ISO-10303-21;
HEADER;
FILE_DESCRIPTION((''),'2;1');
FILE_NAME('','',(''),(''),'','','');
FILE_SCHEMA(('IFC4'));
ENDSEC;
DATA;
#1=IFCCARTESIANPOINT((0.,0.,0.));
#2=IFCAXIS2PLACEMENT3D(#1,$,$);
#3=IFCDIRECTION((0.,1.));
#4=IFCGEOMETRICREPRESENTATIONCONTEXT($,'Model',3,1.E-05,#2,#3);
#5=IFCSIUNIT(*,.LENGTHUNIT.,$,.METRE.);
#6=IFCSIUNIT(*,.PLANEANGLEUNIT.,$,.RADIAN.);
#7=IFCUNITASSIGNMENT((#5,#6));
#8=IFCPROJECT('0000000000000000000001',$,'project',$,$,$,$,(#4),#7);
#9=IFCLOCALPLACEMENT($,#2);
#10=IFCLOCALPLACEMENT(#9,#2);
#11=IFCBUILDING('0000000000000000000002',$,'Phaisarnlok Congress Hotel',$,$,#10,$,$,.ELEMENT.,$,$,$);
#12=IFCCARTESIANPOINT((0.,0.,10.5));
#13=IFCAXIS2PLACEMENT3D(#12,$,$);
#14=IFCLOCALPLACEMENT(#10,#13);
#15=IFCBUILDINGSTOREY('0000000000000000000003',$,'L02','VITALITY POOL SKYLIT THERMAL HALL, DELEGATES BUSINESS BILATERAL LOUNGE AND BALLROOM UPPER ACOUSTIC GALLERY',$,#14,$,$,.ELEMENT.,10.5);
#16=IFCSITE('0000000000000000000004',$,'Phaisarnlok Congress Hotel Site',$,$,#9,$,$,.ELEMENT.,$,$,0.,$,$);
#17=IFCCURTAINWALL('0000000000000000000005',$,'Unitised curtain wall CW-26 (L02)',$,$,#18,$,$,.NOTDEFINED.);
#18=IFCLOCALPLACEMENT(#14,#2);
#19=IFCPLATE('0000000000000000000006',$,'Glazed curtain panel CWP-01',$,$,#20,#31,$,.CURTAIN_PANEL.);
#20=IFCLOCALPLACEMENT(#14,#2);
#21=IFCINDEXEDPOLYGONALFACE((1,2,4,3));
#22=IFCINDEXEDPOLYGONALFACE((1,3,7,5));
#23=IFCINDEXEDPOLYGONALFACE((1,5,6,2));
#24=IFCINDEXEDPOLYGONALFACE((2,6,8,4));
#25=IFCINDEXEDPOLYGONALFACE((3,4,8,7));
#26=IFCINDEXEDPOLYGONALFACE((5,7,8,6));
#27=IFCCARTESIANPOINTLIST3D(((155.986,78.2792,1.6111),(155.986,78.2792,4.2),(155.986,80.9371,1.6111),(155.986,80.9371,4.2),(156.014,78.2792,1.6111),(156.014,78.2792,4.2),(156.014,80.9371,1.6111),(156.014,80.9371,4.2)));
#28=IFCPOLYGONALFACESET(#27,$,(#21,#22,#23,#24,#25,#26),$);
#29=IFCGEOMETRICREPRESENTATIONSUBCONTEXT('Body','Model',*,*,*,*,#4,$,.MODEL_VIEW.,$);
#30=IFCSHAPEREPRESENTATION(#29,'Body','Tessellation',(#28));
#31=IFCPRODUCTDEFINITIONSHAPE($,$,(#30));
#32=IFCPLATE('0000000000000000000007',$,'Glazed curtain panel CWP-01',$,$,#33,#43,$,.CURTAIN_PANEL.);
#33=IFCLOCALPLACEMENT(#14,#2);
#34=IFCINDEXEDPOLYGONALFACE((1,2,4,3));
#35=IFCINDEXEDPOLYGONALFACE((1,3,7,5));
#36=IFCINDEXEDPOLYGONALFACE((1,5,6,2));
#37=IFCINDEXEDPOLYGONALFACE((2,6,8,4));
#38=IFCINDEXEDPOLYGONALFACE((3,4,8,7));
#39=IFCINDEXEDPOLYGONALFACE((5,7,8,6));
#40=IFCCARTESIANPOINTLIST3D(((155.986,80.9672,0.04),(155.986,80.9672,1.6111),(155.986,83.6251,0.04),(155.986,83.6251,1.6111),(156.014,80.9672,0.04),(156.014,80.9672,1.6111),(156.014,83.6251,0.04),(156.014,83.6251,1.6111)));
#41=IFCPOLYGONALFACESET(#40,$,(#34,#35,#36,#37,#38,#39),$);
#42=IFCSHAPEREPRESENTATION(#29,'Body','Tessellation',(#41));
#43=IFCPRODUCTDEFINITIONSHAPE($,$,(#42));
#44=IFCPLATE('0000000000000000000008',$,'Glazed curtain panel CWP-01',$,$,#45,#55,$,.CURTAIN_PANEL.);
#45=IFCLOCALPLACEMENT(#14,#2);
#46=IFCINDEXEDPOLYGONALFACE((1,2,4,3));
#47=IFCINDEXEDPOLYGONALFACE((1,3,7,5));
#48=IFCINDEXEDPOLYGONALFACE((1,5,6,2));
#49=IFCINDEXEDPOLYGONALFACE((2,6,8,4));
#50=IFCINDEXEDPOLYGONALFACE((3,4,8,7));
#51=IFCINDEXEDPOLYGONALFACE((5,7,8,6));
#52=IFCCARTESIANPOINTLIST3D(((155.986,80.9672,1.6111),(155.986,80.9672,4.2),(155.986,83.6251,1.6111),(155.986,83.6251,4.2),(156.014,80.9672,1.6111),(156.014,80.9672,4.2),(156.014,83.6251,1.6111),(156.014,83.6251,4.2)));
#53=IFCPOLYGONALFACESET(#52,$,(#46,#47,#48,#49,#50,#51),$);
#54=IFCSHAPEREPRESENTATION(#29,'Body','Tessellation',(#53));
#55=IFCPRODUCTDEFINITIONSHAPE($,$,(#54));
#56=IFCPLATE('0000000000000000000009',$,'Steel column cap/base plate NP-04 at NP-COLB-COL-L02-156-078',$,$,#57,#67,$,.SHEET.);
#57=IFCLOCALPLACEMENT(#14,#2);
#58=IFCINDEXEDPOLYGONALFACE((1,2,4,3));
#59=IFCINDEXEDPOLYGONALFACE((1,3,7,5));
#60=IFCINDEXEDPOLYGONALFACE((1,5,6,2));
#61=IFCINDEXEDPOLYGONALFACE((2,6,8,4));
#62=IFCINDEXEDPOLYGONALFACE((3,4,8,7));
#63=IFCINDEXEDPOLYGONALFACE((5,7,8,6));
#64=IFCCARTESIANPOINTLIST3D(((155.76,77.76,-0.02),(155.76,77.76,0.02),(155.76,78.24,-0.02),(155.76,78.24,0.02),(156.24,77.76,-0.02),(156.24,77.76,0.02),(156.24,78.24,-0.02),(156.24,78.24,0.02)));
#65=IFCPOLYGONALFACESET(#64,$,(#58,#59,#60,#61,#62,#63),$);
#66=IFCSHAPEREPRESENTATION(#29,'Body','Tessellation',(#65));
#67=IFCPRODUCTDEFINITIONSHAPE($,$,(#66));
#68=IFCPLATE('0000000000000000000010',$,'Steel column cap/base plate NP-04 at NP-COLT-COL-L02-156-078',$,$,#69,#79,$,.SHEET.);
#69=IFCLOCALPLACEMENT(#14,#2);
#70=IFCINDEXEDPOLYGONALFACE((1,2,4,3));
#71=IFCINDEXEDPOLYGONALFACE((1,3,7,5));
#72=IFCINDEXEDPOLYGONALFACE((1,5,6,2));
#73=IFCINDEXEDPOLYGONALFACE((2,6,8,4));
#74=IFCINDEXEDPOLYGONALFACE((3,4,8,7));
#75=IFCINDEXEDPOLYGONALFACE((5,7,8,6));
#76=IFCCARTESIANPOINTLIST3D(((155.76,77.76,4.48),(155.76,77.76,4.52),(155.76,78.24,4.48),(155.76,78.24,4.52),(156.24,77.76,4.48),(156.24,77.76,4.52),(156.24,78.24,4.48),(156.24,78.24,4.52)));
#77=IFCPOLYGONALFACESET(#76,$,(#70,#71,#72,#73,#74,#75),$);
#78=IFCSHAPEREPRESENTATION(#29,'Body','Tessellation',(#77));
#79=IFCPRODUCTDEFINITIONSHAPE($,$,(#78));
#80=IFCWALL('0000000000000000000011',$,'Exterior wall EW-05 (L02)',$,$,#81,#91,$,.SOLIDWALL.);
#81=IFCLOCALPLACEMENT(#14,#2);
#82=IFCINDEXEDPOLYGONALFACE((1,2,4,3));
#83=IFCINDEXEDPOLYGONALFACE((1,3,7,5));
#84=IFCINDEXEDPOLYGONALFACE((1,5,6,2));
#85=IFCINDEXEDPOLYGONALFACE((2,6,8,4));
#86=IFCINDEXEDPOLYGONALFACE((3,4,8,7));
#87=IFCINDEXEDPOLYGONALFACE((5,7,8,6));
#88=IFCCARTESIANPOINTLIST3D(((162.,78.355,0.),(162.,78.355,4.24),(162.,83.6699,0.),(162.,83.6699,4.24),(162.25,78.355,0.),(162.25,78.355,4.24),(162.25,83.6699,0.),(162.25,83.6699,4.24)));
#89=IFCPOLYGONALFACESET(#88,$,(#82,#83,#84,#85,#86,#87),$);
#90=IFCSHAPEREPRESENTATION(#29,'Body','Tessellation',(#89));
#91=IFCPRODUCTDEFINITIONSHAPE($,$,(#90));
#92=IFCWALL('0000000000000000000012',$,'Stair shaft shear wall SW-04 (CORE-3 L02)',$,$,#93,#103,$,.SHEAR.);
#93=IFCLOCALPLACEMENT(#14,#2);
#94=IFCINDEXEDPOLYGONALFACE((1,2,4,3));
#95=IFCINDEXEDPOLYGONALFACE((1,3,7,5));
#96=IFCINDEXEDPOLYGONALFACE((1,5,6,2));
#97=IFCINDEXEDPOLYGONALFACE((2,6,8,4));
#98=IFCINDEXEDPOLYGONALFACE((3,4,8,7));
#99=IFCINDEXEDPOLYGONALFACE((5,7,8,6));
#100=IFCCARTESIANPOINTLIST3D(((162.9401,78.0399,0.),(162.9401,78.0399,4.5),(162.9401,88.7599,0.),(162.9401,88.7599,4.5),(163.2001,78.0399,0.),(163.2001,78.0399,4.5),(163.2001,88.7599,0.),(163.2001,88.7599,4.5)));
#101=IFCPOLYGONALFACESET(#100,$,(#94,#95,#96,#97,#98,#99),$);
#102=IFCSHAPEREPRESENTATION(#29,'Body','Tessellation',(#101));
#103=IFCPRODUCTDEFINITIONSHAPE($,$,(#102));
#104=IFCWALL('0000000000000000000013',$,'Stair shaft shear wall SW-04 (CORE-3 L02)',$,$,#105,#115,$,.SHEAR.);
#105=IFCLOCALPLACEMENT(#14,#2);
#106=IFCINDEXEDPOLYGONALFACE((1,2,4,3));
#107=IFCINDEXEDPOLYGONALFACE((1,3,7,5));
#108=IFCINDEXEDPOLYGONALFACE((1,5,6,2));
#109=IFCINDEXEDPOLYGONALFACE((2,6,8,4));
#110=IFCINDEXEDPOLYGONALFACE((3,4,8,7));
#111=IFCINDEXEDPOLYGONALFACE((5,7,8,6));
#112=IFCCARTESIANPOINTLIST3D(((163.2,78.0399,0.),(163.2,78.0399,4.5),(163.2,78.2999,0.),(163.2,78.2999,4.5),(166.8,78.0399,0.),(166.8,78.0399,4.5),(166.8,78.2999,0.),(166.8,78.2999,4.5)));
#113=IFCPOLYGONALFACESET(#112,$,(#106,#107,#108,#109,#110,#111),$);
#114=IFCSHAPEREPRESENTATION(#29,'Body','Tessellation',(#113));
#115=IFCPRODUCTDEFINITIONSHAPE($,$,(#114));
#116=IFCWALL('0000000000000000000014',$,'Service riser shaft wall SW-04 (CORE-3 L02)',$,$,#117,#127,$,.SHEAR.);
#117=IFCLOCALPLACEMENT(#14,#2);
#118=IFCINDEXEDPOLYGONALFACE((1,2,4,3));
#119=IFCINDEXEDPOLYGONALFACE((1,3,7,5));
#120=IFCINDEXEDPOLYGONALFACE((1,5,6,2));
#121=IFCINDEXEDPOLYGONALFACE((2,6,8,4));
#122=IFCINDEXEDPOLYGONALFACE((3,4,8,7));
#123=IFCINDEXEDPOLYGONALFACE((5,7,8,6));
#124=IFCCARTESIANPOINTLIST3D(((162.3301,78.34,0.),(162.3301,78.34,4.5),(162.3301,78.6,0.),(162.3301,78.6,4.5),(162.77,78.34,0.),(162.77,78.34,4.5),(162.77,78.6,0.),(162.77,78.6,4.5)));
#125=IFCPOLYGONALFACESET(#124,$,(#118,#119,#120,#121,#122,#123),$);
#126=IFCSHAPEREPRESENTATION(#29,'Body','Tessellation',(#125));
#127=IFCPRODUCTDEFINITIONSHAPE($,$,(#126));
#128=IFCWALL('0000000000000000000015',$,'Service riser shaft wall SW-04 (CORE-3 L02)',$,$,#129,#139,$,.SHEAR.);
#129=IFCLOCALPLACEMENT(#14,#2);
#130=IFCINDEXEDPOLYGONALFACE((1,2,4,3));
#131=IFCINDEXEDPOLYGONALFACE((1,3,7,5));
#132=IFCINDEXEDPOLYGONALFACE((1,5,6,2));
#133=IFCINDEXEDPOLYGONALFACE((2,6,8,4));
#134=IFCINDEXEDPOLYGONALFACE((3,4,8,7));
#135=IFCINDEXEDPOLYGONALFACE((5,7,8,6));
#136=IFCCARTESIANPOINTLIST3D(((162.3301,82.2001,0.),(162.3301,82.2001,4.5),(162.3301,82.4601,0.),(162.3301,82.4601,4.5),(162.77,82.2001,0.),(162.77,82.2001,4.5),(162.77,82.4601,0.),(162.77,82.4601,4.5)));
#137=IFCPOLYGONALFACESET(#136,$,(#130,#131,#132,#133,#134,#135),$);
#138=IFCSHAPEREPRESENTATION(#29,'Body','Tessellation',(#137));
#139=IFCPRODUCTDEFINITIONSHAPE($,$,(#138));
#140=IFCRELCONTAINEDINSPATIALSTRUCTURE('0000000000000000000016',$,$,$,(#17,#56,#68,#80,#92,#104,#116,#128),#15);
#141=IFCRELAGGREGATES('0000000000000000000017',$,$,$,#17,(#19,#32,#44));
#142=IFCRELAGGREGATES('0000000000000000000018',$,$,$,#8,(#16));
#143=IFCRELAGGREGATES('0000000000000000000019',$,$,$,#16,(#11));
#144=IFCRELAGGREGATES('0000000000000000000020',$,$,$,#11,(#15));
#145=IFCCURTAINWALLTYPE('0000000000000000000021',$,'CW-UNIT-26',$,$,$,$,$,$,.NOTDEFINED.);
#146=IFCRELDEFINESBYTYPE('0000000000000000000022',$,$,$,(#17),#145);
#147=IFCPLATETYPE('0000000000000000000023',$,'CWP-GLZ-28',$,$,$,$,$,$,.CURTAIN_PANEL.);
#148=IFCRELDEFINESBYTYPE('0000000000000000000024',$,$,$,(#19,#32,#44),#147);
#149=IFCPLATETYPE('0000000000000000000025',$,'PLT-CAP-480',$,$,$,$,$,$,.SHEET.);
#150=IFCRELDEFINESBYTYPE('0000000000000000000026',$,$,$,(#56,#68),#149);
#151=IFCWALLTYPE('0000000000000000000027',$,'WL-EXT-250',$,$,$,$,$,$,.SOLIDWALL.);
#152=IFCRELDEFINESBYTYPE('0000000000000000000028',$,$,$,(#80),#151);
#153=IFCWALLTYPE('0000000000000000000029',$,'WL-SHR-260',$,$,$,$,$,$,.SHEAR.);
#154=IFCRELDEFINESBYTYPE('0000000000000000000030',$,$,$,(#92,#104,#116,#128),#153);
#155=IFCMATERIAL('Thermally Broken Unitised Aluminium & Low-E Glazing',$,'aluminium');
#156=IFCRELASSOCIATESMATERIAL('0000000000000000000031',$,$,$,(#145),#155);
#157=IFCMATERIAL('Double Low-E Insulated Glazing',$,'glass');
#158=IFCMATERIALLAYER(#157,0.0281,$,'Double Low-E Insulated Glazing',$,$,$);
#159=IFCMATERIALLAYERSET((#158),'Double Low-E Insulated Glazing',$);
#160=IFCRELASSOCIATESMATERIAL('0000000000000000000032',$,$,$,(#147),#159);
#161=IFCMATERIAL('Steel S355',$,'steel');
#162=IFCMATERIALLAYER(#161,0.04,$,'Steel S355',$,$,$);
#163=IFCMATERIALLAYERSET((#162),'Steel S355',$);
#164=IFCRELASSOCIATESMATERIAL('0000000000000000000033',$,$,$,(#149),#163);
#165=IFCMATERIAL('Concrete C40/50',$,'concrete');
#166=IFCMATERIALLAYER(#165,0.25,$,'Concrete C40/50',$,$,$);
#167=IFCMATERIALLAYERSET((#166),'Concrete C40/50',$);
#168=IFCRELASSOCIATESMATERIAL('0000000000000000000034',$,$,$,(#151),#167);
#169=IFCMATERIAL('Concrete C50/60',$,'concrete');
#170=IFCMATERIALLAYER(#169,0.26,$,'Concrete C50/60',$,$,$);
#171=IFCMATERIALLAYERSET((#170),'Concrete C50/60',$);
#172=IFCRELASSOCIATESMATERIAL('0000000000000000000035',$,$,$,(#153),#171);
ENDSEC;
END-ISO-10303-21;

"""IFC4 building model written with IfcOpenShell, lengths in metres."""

from ifc_helpers import new_model, si_unit, direction, frame, frame_2d, origin, origin_2d, place, context, subcontext, project, spatial, rectangle, extrude, material, layer, layer_set, type_object, element, aggregate, save


model = new_model("IFC4")

# Units and contexts
model_context = context("Model", 3, precision=1e-05, world=origin(), true_north=direction((0.0, 1.0)))
body_context = subcontext(model_context, "Body", "Model", "MODEL_VIEW")
ifc_project = project(units=[si_unit("LENGTHUNIT", "METRE"), si_unit("PLANEANGLEUNIT", "RADIAN")], contexts=[model_context])

# Site, building, storey
site_placement = place(None, origin())
site = spatial("IfcSite", under=ifc_project, at=site_placement, Name="Phaisarnlok Congress Hotel Site", CompositionType="ELEMENT", RefElevation=0.0)
building_placement = place(site_placement, origin())
building = spatial("IfcBuilding", under=site, at=building_placement, Name="Phaisarnlok Congress Hotel", CompositionType="ELEMENT")
storey_placement = place(building_placement, frame((0.0, 0.0, 10.5)))
storey = spatial("IfcBuildingStorey", under=building, at=storey_placement, Name="L02", Description="VITALITY POOL SKYLIT THERMAL HALL, DELEGATES BUSINESS BILATERAL LOUNGE AND BALLROOM UPPER ACOUSTIC GALLERY", CompositionType="ELEMENT", Elevation=10.5)

# Shared definitions
ifc_material_1 = material(Name="Concrete C50/60", Category="concrete")

# Curtain wall, plates
ifc_material_2 = material(Name="Thermally Broken Unitised Aluminium & Low-E Glazing", Category="aluminium")
curtain_wall_type = type_object("IfcCurtainWallType", Name="CW-UNIT-26", PredefinedType="NOTDEFINED", material=ifc_material_2)
curtain_wall_placement = place(storey_placement, origin())
curtain_wall = element("IfcCurtainWall", 1, at=curtain_wall_placement, inside=storey, type_object=curtain_wall_type, Name="Unitised curtain wall CW-26 (L02)", PredefinedType="NOTDEFINED")
ifc_material_3 = material(Name="Double Low-E Insulated Glazing", Category="glass")
ifc_layer_1 = layer(ifc_material_3, 0.0281, Name="Double Low-E Insulated Glazing")
ifc_layer_set_1 = layer_set([ifc_layer_1], Name="Double Low-E Insulated Glazing")
plate_type_1 = type_object("IfcPlateType", Name="CWP-GLZ-28", PredefinedType="CURTAIN_PANEL", material=ifc_layer_set_1)
plate_1_placement = place(storey_placement, frame((156.0, 78.2791, 1.6111), z_axis=(0.0, 0.0, 1.0), x_axis=(0.0, 1.0, 0.0)))
plate_1 = element("IfcPlate", 2, at=plate_1_placement, type_object=plate_type_1, Name="Glazed curtain panel CWP-01", PredefinedType="CURTAIN_PANEL", context=body_context, shape_type="SweptSolid", body=[
    extrude(rectangle(XDim=2.658, YDim=0.0281, at=frame_2d((1.3291, 0.0))), origin(), (0.0, 0.0, 1.0), 2.5889),
])
plate_2_placement = place(storey_placement, frame((156.0, 80.967, 0.04), z_axis=(0.0, 0.0, 1.0), x_axis=(0.0, 1.0, 0.0)))
plate_2 = element("IfcPlate", 3, at=plate_2_placement, type_object=plate_type_1, Name="Glazed curtain panel CWP-01", PredefinedType="CURTAIN_PANEL", context=body_context, shape_type="SweptSolid", body=[
    extrude(rectangle(XDim=2.658, YDim=0.0281, at=frame_2d((1.3291, 0.0))), origin(), (0.0, 0.0, 1.0), 1.571),
])
plate_3_placement = place(storey_placement, frame((156.0, 80.967, 1.6111), z_axis=(0.0, 0.0, 1.0), x_axis=(0.0, 1.0, 0.0)))
plate_3 = element("IfcPlate", 4, at=plate_3_placement, type_object=plate_type_1, Name="Glazed curtain panel CWP-01", PredefinedType="CURTAIN_PANEL", context=body_context, shape_type="SweptSolid", body=[
    extrude(rectangle(XDim=2.658, YDim=0.0281, at=frame_2d((1.3291, 0.0))), origin(), (0.0, 0.0, 1.0), 2.5889),
])
aggregate(curtain_wall, [plate_1, plate_2, plate_3])

# Plates
ifc_material_4 = material(Name="Steel S355", Category="steel")
ifc_layer_2 = layer(ifc_material_4, 0.04, Name="Steel S355")
ifc_layer_set_2 = layer_set([ifc_layer_2], Name="Steel S355")
plate_type_2 = type_object("IfcPlateType", Name="PLT-CAP-480", PredefinedType="SHEET", material=ifc_layer_set_2)
for number, where, z_axis, x_axis, name in (
    (5, (156.0, 78.0, -0.02), (0.0, 0.0, 1.0), (1.0, 0.0, 0.0), "Steel column cap/base plate NP-04 at NP-COLB-COL-L02-156-078"),
    (6, (156.0, 78.0, 4.48), (0.0, 0.0, 1.0), (1.0, 0.0, 0.0), "Steel column cap/base plate NP-04 at NP-COLT-COL-L02-156-078"),
):
    element("IfcPlate", number, at=place(storey_placement, frame(where, z_axis=z_axis, x_axis=x_axis)), inside=storey, type_object=plate_type_2, Name=name, PredefinedType="SHEET", context=body_context, shape_type="SweptSolid", body=[
        extrude(rectangle(XDim=0.48, YDim=0.48, at=origin_2d()), origin(), (0.0, 0.0, 1.0), 0.04),
    ])

# Walls
ifc_material_5 = material(Name="Concrete C40/50", Category="concrete")
ifc_layer_3 = layer(ifc_material_5, 0.25, Name="Concrete C40/50")
ifc_layer_set_3 = layer_set([ifc_layer_3], Name="Concrete C40/50")
wall_type_1 = type_object("IfcWallType", Name="WL-EXT-250", PredefinedType="SOLIDWALL", material=ifc_layer_set_3)
wall_1_placement = place(storey_placement, frame((162.125, 83.6699, 0.0), z_axis=(0.0, 0.0, 1.0), x_axis=(0.0, -1.0, 0.0)))
element("IfcWall", 7, at=wall_1_placement, inside=storey, type_object=wall_type_1, Name="Exterior wall EW-05 (L02)", PredefinedType="SOLIDWALL", context=body_context, shape_type="SweptSolid", body=[
    extrude(rectangle(XDim=5.3149, YDim=0.25, at=frame_2d((2.6575, 0.0))), origin(), (0.0, 0.0, 1.0), 4.24),
])
ifc_layer_4 = layer(ifc_material_1, 0.26, Name="Concrete C50/60")
ifc_layer_set_4 = layer_set([ifc_layer_4], Name="Concrete C50/60")
wall_type_2 = type_object("IfcWallType", Name="WL-SHR-260", PredefinedType="SHEAR", material=ifc_layer_set_4)
wall_2_placement = place(storey_placement, frame((163.0701, 78.04, 0.0), z_axis=(0.0, 0.0, 1.0), x_axis=(0.0, 1.0, 0.0)))
element("IfcWall", 8, at=wall_2_placement, inside=storey, type_object=wall_type_2, Name="Stair shaft shear wall SW-04 (CORE-3 L02)", PredefinedType="SHEAR", context=body_context, shape_type="SweptSolid", body=[
    extrude(rectangle(XDim=10.72, YDim=0.26, at=frame_2d((5.3599, 0.0))), origin(), (0.0, 0.0, 1.0), 4.5),
])
wall_3_placement = place(storey_placement, frame((163.2, 78.1699, 0.0), z_axis=(0.0, 0.0, 1.0), x_axis=(1.0, 0.0, 0.0)))
element("IfcWall", 9, at=wall_3_placement, inside=storey, type_object=wall_type_2, Name="Stair shaft shear wall SW-04 (CORE-3 L02)", PredefinedType="SHEAR", context=body_context, shape_type="SweptSolid", body=[
    extrude(rectangle(XDim=3.6001, YDim=0.26, at=frame_2d((1.8, 0.0))), origin(), (0.0, 0.0, 1.0), 4.5),
])
for number, where, z_axis, x_axis, name in (
    (10, (162.3301, 78.47, 0.0), (0.0, 0.0, 1.0), (1.0, 0.0, 0.0), "Service riser shaft wall SW-04 (CORE-3 L02)"),
    (11, (162.3301, 82.3301, 0.0), (0.0, 0.0, 1.0), (1.0, 0.0, 0.0), "Service riser shaft wall SW-04 (CORE-3 L02)"),
):
    element("IfcWall", number, at=place(storey_placement, frame(where, z_axis=z_axis, x_axis=x_axis)), inside=storey, type_object=wall_type_2, Name=name, PredefinedType="SHEAR", context=body_context, shape_type="SweptSolid", body=[
        extrude(rectangle(XDim=0.4399, YDim=0.26, at=frame_2d((0.22, 0.0))), origin(), (0.0, 0.0, 1.0), 4.5),
    ])

save(model, "model.ifc")
